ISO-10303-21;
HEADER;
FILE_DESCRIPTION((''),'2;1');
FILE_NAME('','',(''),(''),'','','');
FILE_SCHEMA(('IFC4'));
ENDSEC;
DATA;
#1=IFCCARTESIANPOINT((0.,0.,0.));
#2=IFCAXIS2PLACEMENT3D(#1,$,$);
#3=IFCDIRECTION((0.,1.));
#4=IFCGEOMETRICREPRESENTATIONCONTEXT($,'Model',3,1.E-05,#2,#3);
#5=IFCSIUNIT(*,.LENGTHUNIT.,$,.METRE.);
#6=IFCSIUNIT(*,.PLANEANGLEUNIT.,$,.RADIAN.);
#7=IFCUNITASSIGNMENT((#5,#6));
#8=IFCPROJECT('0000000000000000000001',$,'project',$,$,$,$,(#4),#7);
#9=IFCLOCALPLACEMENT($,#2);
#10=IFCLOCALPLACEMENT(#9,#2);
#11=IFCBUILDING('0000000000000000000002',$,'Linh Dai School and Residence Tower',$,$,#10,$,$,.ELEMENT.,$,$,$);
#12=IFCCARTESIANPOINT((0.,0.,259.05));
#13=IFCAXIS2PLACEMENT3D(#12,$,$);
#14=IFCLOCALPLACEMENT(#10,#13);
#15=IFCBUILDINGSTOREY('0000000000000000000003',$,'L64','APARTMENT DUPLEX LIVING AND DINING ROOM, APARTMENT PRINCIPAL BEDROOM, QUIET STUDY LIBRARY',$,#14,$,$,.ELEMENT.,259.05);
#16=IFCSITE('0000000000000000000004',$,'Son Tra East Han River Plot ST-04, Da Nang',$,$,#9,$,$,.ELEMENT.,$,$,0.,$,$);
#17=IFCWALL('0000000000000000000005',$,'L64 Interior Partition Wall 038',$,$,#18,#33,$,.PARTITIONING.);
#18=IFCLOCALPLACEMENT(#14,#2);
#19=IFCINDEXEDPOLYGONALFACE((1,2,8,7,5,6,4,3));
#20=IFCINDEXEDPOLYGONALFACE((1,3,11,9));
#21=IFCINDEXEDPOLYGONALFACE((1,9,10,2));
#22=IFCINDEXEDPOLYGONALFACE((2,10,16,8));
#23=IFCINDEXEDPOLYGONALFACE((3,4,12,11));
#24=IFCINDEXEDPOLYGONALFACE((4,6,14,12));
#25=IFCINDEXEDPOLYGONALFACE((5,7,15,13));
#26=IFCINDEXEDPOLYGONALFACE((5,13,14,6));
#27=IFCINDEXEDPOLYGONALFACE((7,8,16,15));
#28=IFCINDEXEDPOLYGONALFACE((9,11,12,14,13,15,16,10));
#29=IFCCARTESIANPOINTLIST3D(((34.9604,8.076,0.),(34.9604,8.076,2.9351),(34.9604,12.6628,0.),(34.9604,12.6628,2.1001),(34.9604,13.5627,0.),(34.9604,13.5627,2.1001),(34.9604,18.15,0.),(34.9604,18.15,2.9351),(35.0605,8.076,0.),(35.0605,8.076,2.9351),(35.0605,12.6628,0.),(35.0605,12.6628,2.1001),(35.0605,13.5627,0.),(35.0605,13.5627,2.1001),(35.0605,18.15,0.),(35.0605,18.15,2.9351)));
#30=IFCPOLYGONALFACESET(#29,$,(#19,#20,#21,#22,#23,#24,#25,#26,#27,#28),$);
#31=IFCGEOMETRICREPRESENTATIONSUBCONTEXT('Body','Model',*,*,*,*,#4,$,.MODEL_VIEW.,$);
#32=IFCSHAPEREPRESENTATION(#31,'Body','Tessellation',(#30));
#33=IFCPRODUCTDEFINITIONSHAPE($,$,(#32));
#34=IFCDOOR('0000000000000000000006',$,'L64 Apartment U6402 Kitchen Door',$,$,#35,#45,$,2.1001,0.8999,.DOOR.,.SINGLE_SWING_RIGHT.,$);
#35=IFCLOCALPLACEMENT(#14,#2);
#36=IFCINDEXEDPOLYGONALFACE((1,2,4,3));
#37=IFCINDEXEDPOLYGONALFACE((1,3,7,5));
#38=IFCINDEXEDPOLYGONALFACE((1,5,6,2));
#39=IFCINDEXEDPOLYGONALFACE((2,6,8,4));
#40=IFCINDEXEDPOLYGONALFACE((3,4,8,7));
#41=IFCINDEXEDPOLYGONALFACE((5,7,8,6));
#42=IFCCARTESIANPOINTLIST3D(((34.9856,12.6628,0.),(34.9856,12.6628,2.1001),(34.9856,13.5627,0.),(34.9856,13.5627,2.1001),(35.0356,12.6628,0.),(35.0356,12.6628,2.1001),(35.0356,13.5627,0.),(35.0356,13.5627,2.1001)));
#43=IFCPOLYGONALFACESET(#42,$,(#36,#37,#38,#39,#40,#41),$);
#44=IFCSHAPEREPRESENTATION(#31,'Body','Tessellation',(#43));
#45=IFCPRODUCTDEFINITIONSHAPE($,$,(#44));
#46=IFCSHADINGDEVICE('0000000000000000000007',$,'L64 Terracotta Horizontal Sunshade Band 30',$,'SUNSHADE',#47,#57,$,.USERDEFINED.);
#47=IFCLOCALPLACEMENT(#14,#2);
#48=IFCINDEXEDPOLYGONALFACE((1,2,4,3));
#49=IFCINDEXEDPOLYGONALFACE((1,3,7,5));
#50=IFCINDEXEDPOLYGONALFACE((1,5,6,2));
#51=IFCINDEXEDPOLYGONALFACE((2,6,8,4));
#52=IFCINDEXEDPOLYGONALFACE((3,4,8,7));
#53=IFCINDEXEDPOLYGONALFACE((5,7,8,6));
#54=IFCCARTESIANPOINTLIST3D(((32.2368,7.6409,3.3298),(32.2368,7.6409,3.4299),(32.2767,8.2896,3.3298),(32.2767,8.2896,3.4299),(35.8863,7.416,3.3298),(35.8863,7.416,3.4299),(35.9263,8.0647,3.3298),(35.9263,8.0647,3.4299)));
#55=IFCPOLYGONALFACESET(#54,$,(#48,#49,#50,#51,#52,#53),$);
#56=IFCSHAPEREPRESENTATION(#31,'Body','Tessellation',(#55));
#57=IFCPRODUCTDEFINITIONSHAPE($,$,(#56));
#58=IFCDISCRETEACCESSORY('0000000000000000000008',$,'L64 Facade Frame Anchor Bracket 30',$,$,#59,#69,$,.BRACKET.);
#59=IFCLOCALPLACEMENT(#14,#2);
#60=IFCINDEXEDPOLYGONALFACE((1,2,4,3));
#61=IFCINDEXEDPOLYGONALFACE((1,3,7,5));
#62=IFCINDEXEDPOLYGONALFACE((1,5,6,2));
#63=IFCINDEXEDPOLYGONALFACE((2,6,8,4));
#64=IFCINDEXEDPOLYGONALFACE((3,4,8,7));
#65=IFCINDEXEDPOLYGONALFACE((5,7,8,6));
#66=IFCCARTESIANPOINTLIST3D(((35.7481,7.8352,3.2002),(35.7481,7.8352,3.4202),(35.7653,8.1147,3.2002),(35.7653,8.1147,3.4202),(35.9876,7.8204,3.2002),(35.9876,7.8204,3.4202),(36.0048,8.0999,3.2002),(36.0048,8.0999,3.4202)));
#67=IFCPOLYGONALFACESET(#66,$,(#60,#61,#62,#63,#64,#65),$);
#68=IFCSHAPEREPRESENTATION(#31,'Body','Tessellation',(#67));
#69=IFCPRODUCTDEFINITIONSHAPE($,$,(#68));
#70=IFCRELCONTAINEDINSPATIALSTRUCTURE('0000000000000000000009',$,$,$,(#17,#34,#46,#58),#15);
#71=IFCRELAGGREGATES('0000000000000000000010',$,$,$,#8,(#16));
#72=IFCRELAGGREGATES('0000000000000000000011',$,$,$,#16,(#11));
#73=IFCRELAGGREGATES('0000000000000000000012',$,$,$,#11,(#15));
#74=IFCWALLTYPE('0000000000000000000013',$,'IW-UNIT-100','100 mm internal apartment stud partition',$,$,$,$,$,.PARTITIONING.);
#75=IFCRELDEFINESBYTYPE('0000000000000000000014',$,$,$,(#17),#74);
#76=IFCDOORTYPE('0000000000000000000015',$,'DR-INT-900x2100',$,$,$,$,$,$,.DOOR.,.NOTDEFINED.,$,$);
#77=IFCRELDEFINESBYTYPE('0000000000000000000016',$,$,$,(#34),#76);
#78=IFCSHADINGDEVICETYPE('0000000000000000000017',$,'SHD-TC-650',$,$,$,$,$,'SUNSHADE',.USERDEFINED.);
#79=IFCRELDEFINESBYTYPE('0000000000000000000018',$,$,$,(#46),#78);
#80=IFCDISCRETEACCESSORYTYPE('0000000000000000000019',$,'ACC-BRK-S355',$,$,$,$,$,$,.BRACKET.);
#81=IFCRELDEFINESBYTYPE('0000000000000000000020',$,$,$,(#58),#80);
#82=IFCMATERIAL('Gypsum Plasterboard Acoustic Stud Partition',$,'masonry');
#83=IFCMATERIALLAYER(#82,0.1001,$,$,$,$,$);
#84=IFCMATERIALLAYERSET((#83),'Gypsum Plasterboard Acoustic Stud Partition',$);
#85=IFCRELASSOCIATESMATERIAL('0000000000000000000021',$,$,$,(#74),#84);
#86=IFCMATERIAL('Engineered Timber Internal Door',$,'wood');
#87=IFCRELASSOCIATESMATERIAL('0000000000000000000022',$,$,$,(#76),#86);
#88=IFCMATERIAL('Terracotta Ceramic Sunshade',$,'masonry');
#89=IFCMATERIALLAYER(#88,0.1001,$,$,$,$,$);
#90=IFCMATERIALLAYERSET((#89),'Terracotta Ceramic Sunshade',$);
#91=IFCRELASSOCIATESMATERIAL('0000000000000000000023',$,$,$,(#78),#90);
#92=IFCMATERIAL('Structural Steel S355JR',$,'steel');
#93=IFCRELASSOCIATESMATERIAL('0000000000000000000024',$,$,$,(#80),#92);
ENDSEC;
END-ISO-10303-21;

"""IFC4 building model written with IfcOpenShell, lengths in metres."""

from ifc_helpers import new_model, si_unit, direction, frame, frame_2d, origin, origin_2d, place, context, subcontext, project, spatial, rectangle, extrude, source, transform, mapped, material, layer, layer_set, type_object, element, fill, save


model = new_model("IFC4")

# Units and contexts
model_context = context("Model", 3, precision=1e-05, world=origin(), true_north=direction((0.0, 1.0)))
body_context = subcontext(model_context, "Body", "Model", "MODEL_VIEW")
ifc_project = project(units=[si_unit("LENGTHUNIT", "METRE"), si_unit("PLANEANGLEUNIT", "RADIAN")], contexts=[model_context])

# Site, building, storey
site_placement = place(None, origin())
site = spatial("IfcSite", under=ifc_project, at=site_placement, Name="Son Tra East Han River Plot ST-04, Da Nang", CompositionType="ELEMENT", RefElevation=0.0)
building_placement = place(site_placement, origin())
building = spatial("IfcBuilding", under=site, at=building_placement, Name="Linh Dai School and Residence Tower", CompositionType="ELEMENT")
storey_placement = place(building_placement, frame((0.0, 0.0, 259.05)))
storey = spatial("IfcBuildingStorey", under=building, at=storey_placement, Name="L64", Description="APARTMENT DUPLEX LIVING AND DINING ROOM, APARTMENT PRINCIPAL BEDROOM, QUIET STUDY LIBRARY", CompositionType="ELEMENT", Elevation=259.05)

# Shared definitions
ifc_material_1 = material(Name="Structural Steel S355JR", Category="steel")

# Shared definitions
ifc_material_2 = material(Name="Gypsum Plasterboard Acoustic Stud Partition", Category="masonry")
ifc_layer_1 = layer(ifc_material_2, 0.1001)
ifc_layer_set_1 = layer_set([ifc_layer_1], Name="Gypsum Plasterboard Acoustic Stud Partition")
wall_type_1 = type_object("IfcWallType", Name="IW-UNIT-100", Description="100 mm internal apartment stud partition", PredefinedType="PARTITIONING", material=ifc_layer_set_1)

# Shared definitions
ifc_material_3 = material(Name="Engineered Timber Internal Door", Category="wood")
door_type_1 = type_object("IfcDoorType", Name="DR-INT-900x2100", OperationType="NOTDEFINED", PredefinedType="DOOR", material=ifc_material_3)
shared_shape_1 = source(origin(), body_context, "Body", "SweptSolid", [
    extrude(rectangle(XDim=0.8999, YDim=2.1001, at=origin_2d()), frame((0.45, 0.0249, 1.05), z_axis=(0.0, -1.0, 0.0), x_axis=(1.0, 0.0, 0.0)), (0.0, 0.0, 1.0), 0.05),
])

# Wall, opening, door
wall_1_placement = place(storey_placement, frame((35.0105, 8.0759, 0.0), z_axis=(0.0, 0.0, 1.0), x_axis=(0.0, 1.0, 0.0)))
wall_1 = element("IfcWall", 1, at=wall_1_placement, inside=storey, type_object=wall_type_1, Name="L64 Interior Partition Wall 038", PredefinedType="PARTITIONING", context=body_context, shape_type="SweptSolid", body=[
    extrude(rectangle(XDim=10.074, YDim=0.1001, at=frame_2d((5.0371, 0.0))), origin(), (0.0, 0.0, 1.0), 2.9351),
])
opening_1_placement = place(wall_1_placement, frame((4.5869, 0.0, 0.0)))
opening_1 = element("IfcOpeningElement", 2, at=opening_1_placement, cuts=wall_1, PredefinedType="OPENING", context=body_context, shape_type="SweptSolid", body=[
    extrude(rectangle(XDim=0.8999, YDim=2.1001, at=origin_2d()), frame((0.45, 0.0601, 1.05), z_axis=(0.0, -1.0, 0.0), x_axis=(1.0, 0.0, 0.0)), (0.0, 0.0, 1.0), 0.1201),
])
door_1_placement = place(opening_1_placement, origin())
door_1 = element("IfcDoor", 3, at=door_1_placement, inside=storey, type_object=door_type_1, Name="L64 Apartment U6402 Kitchen Door", OperationType="SINGLE_SWING_RIGHT", OverallHeight=2.1001, OverallWidth=0.8999, PredefinedType="DOOR", context=body_context, shape_type="MappedRepresentation", body=[
    mapped(shared_shape_1, transform((0.0, 0.0, 0.0), x_axis=(1.0, 0.0, 0.0), y_axis=(0.0, 1.0, 0.0), z_axis=(0.0, 0.0, 1.0), scale=1.0)),
])
fill(opening_1, door_1)

# Shading device
ifc_material_4 = material(Name="Terracotta Ceramic Sunshade", Category="masonry")
ifc_layer_2 = layer(ifc_material_4, 0.1001)
ifc_layer_set_2 = layer_set([ifc_layer_2], Name="Terracotta Ceramic Sunshade")
shading_device_type = type_object("IfcShadingDeviceType", Name="SHD-TC-650", ElementType="SUNSHADE", PredefinedType="USERDEFINED", material=ifc_layer_set_2)
shared_shape_2 = source(origin(), body_context, "Body", "SweptSolid", [
    extrude(rectangle(XDim=3.6565, YDim=0.6499, at=origin_2d()), origin(), (0.0, 0.0, 1.0), 0.1001),
])
shading_device_placement = place(storey_placement, frame((34.0815, 7.8528, 3.3298), z_axis=(0.0, 0.0, 1.0), x_axis=(-0.998107, 0.061504, 0.0)))
element("IfcShadingDevice", 4, at=shading_device_placement, inside=storey, type_object=shading_device_type, Name="L64 Terracotta Horizontal Sunshade Band 30", ObjectType="SUNSHADE", PredefinedType="USERDEFINED", context=body_context, shape_type="MappedRepresentation", body=[
    mapped(shared_shape_2, transform((0.0, 0.0, 0.0), x_axis=(1.0, 0.0, 0.0), y_axis=(0.0, 1.0, 0.0), z_axis=(0.0, 0.0, 1.0), scale=1.0)),
])

# Discrete accessory
discrete_accessory_type = type_object("IfcDiscreteAccessoryType", Name="ACC-BRK-S355", PredefinedType="BRACKET", material=ifc_material_1)
shared_shape_3 = source(origin(), body_context, "Body", "SweptSolid", [
    extrude(rectangle(XDim=0.28, YDim=0.24, at=origin_2d()), origin(), (0.0, 0.0, 1.0), 0.22),
])
discrete_accessory_placement = place(storey_placement, frame((35.8765, 7.9675, 3.2002), z_axis=(0.0, 0.0, 1.0), x_axis=(-0.061504, -0.998107, 0.0)))
element("IfcDiscreteAccessory", 5, at=discrete_accessory_placement, inside=storey, type_object=discrete_accessory_type, Name="L64 Facade Frame Anchor Bracket 30", PredefinedType="BRACKET", context=body_context, shape_type="MappedRepresentation", body=[
    mapped(shared_shape_3, transform((0.0, 0.0, 0.0), x_axis=(1.0, 0.0, 0.0), y_axis=(0.0, 1.0, 0.0), z_axis=(0.0, 0.0, 1.0), scale=1.0)),
])

save(model, "model.ifc")
